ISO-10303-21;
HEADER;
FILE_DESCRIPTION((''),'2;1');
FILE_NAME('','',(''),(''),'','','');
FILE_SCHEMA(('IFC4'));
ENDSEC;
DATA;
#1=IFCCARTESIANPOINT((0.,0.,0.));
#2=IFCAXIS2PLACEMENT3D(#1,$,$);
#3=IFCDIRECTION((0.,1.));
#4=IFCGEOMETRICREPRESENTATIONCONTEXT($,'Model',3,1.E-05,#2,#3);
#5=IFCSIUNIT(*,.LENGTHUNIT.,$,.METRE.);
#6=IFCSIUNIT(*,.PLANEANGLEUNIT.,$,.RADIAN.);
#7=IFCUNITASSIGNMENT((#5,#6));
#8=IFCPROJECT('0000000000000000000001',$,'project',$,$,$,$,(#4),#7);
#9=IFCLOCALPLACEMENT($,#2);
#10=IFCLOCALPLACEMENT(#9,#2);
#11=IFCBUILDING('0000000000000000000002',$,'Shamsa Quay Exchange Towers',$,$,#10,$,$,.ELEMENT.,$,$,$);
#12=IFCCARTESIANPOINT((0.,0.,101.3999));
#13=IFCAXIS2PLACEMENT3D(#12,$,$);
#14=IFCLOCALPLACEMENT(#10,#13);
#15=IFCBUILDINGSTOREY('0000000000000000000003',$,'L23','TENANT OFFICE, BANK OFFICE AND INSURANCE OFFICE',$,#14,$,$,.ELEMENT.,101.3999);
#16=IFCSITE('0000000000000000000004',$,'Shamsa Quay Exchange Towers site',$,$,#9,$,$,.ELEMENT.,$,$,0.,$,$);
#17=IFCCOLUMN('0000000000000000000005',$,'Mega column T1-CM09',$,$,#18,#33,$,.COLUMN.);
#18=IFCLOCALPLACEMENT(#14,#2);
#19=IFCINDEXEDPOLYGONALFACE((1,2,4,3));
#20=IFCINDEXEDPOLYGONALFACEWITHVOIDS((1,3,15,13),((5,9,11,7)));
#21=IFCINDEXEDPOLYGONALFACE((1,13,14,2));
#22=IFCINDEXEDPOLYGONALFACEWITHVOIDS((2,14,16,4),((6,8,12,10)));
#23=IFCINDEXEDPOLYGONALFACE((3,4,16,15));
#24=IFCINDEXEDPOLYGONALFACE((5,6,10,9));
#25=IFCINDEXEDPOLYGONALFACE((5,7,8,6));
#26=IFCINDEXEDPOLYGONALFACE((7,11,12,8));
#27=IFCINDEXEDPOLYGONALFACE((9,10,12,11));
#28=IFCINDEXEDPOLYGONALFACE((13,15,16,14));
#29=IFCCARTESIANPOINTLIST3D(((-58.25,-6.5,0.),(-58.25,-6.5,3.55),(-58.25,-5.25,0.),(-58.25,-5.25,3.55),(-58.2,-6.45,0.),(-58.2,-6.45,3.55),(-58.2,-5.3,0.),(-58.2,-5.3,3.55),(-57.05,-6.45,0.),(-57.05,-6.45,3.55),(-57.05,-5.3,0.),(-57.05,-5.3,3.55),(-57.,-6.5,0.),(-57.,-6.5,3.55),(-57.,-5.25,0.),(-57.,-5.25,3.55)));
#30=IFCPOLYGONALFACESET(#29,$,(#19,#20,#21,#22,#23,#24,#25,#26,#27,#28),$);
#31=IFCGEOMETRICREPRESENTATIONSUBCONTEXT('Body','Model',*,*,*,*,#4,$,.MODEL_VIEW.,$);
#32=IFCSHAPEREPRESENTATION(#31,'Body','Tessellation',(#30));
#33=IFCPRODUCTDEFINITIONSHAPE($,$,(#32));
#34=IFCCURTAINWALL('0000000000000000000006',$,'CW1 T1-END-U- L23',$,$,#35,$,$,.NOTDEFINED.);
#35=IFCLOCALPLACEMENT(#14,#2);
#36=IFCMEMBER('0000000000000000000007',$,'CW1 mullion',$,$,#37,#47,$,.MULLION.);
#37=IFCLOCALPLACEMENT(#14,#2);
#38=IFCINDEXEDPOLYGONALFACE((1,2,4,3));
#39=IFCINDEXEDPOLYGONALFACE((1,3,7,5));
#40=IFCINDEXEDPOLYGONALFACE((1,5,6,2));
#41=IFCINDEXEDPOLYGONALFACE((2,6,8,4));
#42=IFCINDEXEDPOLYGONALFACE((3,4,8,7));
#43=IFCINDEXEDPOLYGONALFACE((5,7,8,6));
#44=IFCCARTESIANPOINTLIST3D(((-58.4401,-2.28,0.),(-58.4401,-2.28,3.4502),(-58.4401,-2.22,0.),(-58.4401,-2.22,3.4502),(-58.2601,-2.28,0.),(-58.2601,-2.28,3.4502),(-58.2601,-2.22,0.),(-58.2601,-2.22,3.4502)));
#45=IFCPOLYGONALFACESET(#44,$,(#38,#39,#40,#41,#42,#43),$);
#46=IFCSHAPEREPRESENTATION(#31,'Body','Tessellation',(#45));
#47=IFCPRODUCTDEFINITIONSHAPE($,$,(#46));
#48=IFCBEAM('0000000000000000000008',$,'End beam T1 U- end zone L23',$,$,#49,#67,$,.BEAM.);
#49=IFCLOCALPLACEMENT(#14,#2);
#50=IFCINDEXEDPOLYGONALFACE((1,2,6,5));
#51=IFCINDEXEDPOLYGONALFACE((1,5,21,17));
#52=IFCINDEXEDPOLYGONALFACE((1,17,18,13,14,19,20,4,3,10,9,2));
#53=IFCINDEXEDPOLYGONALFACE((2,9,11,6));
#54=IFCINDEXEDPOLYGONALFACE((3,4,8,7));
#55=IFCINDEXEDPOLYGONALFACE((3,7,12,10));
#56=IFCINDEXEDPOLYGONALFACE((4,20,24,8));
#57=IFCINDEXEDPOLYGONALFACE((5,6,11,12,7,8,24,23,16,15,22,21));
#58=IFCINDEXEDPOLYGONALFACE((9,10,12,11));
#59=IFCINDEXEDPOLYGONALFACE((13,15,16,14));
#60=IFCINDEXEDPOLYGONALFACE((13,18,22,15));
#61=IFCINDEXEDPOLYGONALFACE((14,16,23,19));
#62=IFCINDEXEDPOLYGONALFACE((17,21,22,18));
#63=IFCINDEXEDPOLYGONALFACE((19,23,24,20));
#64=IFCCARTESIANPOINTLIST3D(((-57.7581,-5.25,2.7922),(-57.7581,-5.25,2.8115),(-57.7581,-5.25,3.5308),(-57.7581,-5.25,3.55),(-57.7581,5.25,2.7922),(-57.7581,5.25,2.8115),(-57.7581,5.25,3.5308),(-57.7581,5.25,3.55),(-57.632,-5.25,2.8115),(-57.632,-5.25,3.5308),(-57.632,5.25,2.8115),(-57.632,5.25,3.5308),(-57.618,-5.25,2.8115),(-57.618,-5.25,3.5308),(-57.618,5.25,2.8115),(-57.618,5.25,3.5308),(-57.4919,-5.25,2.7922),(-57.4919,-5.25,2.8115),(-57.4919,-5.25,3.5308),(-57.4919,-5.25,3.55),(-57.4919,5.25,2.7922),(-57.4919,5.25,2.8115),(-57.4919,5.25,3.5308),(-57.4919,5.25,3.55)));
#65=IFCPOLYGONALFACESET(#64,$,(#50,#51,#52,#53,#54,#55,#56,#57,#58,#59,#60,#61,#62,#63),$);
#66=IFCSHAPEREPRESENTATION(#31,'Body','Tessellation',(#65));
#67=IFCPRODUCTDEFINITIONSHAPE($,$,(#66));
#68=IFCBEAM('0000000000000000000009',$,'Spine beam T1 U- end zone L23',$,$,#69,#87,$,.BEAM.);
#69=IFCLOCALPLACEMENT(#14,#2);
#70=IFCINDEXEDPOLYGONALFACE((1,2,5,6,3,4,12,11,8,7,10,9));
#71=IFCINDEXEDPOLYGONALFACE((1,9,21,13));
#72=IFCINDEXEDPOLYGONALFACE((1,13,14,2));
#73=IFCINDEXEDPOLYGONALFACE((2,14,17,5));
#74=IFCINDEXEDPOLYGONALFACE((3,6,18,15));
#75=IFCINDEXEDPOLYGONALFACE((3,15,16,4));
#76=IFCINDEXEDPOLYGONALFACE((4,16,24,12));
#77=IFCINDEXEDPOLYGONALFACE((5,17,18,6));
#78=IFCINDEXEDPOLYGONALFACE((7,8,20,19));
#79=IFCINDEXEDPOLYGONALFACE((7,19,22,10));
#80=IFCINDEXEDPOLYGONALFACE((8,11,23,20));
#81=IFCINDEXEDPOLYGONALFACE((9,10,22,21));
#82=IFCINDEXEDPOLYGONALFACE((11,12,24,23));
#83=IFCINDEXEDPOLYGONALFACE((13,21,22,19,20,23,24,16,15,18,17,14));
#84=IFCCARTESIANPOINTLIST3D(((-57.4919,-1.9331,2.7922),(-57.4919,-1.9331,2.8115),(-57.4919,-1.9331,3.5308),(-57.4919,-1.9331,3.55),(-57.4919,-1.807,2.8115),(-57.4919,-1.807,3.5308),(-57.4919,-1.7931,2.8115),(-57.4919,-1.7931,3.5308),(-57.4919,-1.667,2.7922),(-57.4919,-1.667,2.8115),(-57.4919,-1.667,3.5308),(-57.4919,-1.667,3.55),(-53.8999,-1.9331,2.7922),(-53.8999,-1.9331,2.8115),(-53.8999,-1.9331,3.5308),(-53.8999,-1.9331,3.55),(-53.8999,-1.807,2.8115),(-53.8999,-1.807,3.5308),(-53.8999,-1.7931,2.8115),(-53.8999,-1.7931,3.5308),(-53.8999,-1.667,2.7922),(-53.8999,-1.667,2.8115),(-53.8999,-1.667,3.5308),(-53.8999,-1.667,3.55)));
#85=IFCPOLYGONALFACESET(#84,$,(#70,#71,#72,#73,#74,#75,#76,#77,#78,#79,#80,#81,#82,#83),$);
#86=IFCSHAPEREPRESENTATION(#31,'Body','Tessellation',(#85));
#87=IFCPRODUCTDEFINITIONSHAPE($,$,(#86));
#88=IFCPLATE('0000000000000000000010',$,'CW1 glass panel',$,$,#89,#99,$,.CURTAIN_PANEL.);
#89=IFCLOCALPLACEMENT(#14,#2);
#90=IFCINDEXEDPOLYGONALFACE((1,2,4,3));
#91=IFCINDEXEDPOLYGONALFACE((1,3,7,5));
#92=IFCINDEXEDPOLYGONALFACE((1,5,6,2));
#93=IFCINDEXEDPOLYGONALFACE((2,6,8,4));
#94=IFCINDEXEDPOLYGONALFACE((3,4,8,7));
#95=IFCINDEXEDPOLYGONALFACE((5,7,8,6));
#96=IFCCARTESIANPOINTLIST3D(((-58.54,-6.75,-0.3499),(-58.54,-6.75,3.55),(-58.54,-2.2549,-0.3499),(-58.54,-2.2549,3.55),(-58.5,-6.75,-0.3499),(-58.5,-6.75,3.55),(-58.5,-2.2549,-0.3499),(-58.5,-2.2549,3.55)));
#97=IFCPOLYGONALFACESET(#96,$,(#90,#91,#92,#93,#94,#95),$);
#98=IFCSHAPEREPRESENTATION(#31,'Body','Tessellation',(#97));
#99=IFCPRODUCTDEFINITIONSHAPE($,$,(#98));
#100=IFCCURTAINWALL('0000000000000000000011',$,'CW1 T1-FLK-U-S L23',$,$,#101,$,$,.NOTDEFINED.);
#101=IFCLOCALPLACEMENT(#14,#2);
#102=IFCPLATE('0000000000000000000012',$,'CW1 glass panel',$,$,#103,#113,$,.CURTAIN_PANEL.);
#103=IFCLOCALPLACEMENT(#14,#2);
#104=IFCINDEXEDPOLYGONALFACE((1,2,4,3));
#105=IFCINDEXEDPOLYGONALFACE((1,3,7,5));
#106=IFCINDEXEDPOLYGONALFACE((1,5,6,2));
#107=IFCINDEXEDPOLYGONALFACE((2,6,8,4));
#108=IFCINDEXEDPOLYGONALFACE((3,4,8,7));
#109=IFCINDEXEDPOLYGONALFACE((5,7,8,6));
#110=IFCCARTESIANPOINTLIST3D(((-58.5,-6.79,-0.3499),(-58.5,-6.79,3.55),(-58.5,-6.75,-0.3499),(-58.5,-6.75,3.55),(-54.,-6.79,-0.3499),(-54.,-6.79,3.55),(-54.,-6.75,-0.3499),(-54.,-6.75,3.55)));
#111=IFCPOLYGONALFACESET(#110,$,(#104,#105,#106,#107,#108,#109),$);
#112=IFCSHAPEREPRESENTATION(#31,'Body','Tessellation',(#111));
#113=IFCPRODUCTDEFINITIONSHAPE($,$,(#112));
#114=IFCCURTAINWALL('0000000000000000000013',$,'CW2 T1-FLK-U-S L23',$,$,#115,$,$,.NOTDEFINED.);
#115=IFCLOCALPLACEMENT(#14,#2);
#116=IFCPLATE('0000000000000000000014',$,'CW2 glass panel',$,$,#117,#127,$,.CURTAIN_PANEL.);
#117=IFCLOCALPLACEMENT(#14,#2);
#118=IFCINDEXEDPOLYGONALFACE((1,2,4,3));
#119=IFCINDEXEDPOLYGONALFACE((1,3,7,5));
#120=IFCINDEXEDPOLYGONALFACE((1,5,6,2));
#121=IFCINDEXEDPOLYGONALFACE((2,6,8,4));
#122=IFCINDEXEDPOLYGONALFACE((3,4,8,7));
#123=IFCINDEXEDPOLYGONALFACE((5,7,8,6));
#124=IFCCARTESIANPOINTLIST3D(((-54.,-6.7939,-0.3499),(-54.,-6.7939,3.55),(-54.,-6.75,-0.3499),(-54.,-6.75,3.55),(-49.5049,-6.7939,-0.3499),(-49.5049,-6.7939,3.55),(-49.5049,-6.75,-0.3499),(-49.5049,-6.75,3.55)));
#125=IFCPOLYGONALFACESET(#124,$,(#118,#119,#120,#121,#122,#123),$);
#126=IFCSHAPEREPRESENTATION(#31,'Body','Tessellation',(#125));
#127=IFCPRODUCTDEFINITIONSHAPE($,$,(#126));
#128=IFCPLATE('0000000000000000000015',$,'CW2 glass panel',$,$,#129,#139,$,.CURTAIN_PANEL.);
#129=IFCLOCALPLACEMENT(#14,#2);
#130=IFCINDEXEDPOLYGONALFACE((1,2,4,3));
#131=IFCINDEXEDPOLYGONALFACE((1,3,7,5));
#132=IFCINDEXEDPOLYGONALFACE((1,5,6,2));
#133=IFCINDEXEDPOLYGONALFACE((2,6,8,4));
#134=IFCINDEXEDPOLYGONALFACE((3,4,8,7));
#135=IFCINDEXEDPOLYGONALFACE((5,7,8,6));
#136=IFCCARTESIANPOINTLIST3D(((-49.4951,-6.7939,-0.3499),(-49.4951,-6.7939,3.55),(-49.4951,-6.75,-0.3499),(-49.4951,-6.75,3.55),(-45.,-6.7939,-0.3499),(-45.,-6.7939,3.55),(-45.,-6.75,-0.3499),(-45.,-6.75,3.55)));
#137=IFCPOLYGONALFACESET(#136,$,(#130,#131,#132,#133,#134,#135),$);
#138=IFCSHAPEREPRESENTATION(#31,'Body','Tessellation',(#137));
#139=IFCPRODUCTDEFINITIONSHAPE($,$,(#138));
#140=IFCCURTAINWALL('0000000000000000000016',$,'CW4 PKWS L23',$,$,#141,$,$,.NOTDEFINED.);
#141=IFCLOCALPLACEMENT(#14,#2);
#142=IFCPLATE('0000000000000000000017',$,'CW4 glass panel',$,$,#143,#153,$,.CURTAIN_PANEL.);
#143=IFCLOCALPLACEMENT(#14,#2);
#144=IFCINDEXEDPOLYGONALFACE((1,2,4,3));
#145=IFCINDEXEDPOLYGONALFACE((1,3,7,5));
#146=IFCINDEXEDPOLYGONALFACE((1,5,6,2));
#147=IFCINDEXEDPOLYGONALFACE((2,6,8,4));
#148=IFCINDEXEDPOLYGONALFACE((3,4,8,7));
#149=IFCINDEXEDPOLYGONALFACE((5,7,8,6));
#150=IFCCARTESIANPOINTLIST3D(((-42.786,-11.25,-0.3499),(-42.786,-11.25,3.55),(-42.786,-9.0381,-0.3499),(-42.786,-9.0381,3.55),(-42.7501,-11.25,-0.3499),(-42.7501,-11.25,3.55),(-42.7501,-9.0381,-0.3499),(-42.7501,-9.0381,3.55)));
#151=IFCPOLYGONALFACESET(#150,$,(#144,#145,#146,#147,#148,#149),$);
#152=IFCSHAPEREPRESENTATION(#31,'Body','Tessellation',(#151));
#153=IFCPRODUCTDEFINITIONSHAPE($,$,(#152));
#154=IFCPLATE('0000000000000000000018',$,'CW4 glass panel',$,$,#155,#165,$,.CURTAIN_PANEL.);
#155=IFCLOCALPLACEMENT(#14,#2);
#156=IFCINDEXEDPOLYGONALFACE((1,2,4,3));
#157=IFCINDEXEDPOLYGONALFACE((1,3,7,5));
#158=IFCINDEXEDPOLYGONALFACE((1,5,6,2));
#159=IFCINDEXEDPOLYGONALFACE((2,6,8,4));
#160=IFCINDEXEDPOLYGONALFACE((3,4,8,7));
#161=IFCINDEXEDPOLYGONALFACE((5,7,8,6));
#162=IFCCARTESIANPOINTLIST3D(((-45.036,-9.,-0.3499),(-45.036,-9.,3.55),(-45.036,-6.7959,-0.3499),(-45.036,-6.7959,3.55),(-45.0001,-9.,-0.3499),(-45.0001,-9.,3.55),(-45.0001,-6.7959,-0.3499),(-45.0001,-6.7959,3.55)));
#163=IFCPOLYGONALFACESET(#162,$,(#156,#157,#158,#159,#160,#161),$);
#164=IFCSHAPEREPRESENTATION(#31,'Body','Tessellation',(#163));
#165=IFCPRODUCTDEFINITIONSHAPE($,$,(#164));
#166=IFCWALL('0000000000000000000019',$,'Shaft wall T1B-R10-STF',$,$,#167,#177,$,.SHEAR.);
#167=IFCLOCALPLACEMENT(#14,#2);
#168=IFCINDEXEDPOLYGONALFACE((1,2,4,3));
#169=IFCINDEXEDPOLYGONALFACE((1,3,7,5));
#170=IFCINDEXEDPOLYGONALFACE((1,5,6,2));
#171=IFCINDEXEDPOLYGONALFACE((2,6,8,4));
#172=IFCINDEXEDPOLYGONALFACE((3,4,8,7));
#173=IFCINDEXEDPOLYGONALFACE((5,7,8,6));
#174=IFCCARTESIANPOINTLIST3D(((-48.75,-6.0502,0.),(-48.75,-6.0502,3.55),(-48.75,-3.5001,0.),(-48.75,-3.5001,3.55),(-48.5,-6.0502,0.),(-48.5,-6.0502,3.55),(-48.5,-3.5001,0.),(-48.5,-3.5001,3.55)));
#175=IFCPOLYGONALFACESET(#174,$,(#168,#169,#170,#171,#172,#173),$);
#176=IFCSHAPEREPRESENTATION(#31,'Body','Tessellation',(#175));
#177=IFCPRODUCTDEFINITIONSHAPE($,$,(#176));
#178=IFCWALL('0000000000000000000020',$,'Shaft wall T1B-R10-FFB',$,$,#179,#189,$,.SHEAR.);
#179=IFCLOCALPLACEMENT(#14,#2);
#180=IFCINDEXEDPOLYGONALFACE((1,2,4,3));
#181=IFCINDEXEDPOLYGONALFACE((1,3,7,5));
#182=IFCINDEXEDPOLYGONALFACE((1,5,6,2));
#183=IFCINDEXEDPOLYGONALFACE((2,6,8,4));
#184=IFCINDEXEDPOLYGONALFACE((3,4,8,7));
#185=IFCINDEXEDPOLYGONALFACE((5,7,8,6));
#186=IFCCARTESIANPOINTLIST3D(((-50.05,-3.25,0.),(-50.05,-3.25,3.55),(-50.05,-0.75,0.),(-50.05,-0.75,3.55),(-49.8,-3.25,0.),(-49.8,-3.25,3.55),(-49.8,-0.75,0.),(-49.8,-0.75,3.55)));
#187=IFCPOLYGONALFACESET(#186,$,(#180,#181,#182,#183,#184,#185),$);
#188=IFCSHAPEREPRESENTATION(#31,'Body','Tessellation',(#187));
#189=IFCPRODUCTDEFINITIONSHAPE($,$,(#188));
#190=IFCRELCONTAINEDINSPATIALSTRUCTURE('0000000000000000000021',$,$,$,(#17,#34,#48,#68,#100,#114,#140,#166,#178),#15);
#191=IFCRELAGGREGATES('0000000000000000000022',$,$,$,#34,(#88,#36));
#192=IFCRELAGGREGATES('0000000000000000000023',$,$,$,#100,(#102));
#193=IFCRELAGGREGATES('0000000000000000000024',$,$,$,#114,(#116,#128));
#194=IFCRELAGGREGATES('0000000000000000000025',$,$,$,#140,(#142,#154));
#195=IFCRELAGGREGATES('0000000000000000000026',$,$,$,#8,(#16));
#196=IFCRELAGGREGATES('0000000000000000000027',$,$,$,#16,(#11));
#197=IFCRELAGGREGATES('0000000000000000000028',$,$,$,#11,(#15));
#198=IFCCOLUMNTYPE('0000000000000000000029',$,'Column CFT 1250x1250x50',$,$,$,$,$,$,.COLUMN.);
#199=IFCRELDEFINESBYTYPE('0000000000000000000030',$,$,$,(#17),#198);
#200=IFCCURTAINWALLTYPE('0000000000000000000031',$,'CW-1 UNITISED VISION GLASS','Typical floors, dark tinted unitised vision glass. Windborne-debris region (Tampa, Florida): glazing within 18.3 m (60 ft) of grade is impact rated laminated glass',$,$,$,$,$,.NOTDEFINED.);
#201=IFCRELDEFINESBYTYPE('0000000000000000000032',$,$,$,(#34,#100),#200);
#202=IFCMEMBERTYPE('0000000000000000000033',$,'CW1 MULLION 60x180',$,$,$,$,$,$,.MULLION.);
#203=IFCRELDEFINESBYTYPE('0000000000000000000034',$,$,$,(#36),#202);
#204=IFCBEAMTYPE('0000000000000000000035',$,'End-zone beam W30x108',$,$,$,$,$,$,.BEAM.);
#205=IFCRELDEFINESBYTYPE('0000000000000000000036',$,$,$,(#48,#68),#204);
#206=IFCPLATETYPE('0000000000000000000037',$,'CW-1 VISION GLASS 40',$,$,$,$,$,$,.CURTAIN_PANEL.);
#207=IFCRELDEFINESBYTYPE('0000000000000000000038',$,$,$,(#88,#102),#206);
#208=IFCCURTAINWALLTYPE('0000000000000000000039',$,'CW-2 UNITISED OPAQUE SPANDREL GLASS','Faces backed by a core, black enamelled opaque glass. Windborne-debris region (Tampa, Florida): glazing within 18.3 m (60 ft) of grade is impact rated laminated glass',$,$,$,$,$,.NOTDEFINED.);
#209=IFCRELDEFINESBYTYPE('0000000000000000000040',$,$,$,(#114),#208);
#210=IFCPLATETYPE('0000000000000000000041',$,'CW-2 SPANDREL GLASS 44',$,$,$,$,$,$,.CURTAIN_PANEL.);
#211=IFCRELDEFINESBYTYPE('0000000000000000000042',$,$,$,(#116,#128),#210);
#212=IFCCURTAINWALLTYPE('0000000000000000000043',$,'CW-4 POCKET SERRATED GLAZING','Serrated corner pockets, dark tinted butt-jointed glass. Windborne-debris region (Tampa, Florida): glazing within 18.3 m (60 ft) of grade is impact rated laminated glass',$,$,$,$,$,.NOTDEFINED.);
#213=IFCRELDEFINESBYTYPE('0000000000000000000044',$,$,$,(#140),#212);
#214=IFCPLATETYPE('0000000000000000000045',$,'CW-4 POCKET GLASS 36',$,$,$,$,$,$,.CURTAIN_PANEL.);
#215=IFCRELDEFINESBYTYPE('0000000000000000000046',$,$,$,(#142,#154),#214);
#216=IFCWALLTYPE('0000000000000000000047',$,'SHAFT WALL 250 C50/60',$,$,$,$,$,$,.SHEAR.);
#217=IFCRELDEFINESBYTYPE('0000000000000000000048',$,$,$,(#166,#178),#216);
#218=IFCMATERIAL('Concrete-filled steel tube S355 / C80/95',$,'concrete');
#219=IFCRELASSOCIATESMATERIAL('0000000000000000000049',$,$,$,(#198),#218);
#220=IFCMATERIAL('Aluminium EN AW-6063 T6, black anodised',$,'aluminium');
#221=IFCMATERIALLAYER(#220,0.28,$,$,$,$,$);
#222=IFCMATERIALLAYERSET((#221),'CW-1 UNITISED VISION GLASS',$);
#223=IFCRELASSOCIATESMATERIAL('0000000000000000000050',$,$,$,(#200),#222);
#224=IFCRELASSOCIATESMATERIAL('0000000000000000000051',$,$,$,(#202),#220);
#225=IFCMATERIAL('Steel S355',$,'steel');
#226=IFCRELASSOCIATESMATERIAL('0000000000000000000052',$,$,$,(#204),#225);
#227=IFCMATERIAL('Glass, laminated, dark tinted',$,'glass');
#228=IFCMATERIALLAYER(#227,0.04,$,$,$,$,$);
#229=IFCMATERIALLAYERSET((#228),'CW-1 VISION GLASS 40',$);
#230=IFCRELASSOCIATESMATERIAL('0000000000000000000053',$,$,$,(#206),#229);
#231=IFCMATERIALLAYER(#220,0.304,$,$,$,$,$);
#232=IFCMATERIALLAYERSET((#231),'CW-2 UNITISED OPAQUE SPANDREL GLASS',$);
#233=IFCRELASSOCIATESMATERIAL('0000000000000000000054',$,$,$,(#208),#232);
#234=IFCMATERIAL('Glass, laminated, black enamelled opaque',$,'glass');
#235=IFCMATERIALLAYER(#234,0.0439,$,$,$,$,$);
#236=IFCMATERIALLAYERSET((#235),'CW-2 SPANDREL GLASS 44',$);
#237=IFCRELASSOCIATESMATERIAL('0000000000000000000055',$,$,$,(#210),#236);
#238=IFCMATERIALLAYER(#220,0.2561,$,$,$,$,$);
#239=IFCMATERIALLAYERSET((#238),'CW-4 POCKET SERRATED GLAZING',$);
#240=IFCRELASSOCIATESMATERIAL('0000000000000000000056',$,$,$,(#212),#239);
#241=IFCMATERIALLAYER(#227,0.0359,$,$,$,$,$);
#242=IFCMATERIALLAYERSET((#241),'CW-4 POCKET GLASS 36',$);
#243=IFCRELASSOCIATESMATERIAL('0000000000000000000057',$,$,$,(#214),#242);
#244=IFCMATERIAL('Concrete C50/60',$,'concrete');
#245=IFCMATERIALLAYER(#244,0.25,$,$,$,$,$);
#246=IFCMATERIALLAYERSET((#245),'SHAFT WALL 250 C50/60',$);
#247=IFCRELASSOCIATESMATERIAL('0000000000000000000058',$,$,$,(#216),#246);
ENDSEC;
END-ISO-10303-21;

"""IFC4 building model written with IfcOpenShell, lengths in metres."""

from ifc_helpers import new_model, si_unit, direction, frame, frame_2d, origin, origin_2d, place, context, subcontext, project, spatial, rectangle, hollow_rectangle, i_section, extrude, material, layer, layer_set, material_profile, profile_set, type_object, element, aggregate, save


model = new_model("IFC4")

# Units and contexts
model_context = context("Model", 3, precision=1e-05, world=origin(), true_north=direction((0.0, 1.0)))
body_context = subcontext(model_context, "Body", "Model", "MODEL_VIEW")
ifc_project = project(units=[si_unit("LENGTHUNIT", "METRE"), si_unit("PLANEANGLEUNIT", "RADIAN")], contexts=[model_context])

# Site, building, storey
site_placement = place(None, origin())
site = spatial("IfcSite", under=ifc_project, at=site_placement, Name="Shamsa Quay Exchange Towers site", CompositionType="ELEMENT", RefElevation=0.0)
building_placement = place(site_placement, origin())
building = spatial("IfcBuilding", under=site, at=building_placement, Name="Shamsa Quay Exchange Towers", CompositionType="ELEMENT")
storey_placement = place(building_placement, frame((0.0, 0.0, 101.3999)))
storey = spatial("IfcBuildingStorey", under=building, at=storey_placement, Name="L23", Description="TENANT OFFICE, BANK OFFICE AND INSURANCE OFFICE", CompositionType="ELEMENT", Elevation=101.3999)

# Column
ifc_material_1 = material(Name="Concrete-filled steel tube S355 / C80/95", Category="concrete")
ifc_material_profile_1 = material_profile(ifc_material_1, hollow_rectangle(XDim=1.25, YDim=1.25, WallThickness=0.05, at=origin_2d()), Name="CFT 1250x1250x50")
ifc_profile_set_1 = profile_set([ifc_material_profile_1], Name="Concrete-filled steel tube S355 / C80/95")
column_type = type_object("IfcColumnType", Name="Column CFT 1250x1250x50", PredefinedType="COLUMN", material=ifc_profile_set_1)
column_placement = place(storey_placement, frame((-57.625, -5.875, 0.0)))
element("IfcColumn", 1, at=column_placement, inside=storey, type_object=column_type, Name="Mega column T1-CM09", PredefinedType="COLUMN", context=body_context, shape_type="SweptSolid", body=[
    extrude(hollow_rectangle(XDim=1.25, YDim=1.25, WallThickness=0.05, at=origin_2d()), origin(), (0.0, 0.0, 1.0), 3.55),
])

# Curtain wall, member
ifc_material_2 = material(Name="Aluminium EN AW-6063 T6, black anodised", Category="aluminium")
ifc_layer_1 = layer(ifc_material_2, 0.28)
ifc_layer_set_1 = layer_set([ifc_layer_1], Name="CW-1 UNITISED VISION GLASS")
curtain_wall_type_1 = type_object("IfcCurtainWallType", Name="CW-1 UNITISED VISION GLASS", Description="Typical floors, dark tinted unitised vision glass. Windborne-debris region (Tampa, Florida): glazing within 18.3 m (60 ft) of grade is impact rated laminated glass", PredefinedType="NOTDEFINED", material=ifc_layer_set_1)
curtain_wall_1_placement = place(storey_placement, origin())
curtain_wall_1 = element("IfcCurtainWall", 2, at=curtain_wall_1_placement, inside=storey, type_object=curtain_wall_type_1, Name="CW1 T1-END-U- L23", PredefinedType="NOTDEFINED")
ifc_material_profile_2 = material_profile(ifc_material_2, rectangle(XDim=0.1799, YDim=0.0601, at=origin_2d()), Name="MU60x180")
ifc_profile_set_2 = profile_set([ifc_material_profile_2], Name="Aluminium EN AW-6063 T6, black anodised")
member_type = type_object("IfcMemberType", Name="CW1 MULLION 60x180", PredefinedType="MULLION", material=ifc_profile_set_2)
member_placement = place(storey_placement, frame((-58.3501, -2.25, 0.0)))
member = element("IfcMember", 3, at=member_placement, type_object=member_type, Name="CW1 mullion", PredefinedType="MULLION", context=body_context, shape_type="SweptSolid", body=[
    extrude(rectangle(XDim=0.1799, YDim=0.0601, at=origin_2d()), origin(), (0.0, 0.0, 1.0), 3.4502),
])

# Beams
ifc_material_3 = material(Name="Steel S355", Category="steel")
ifc_material_profile_3 = material_profile(ifc_material_3, i_section(OverallWidth=0.2661, OverallDepth=0.7578, WebThickness=0.0139, FlangeThickness=0.0193, at=origin_2d()), Name="W30x108")
ifc_profile_set_3 = profile_set([ifc_material_profile_3], Name="Steel S355")
beam_type = type_object("IfcBeamType", Name="End-zone beam W30x108", PredefinedType="BEAM", material=ifc_profile_set_3)
beam_1_placement = place(storey_placement, frame((-57.625, -5.25, 3.1711), z_axis=(0.0, 1.0, 0.0), x_axis=(-1.0, 0.0, 0.0)))
element("IfcBeam", 4, at=beam_1_placement, inside=storey, type_object=beam_type, Name="End beam T1 U- end zone L23", PredefinedType="BEAM", context=body_context, shape_type="SweptSolid", body=[
    extrude(i_section(OverallWidth=0.2661, OverallDepth=0.7578, WebThickness=0.0139, FlangeThickness=0.0193, at=origin_2d()), origin(), (0.0, 0.0, 1.0), 10.5),
])
beam_2_placement = place(storey_placement, frame((-53.8999, -1.8, 3.1711), z_axis=(-1.0, 0.0, 0.0), x_axis=(0.0, -1.0, 0.0)))
element("IfcBeam", 5, at=beam_2_placement, inside=storey, type_object=beam_type, Name="Spine beam T1 U- end zone L23", PredefinedType="BEAM", context=body_context, shape_type="SweptSolid", body=[
    extrude(i_section(OverallWidth=0.2661, OverallDepth=0.7578, WebThickness=0.0139, FlangeThickness=0.0193, at=origin_2d()), origin(), (0.0, 0.0, 1.0), 3.592),
])

# Plate
ifc_material_4 = material(Name="Glass, laminated, dark tinted", Category="glass")
ifc_layer_2 = layer(ifc_material_4, 0.04)
ifc_layer_set_2 = layer_set([ifc_layer_2], Name="CW-1 VISION GLASS 40")
plate_type_1 = type_object("IfcPlateType", Name="CW-1 VISION GLASS 40", PredefinedType="CURTAIN_PANEL", material=ifc_layer_set_2)
plate_1_placement = place(storey_placement, frame((-58.52, -4.5024, -0.3499), z_axis=(0.0, 0.0, 1.0), x_axis=(0.0, -1.0, 0.0)))
plate_1 = element("IfcPlate", 6, at=plate_1_placement, type_object=plate_type_1, Name="CW1 glass panel", PredefinedType="CURTAIN_PANEL", context=body_context, shape_type="SweptSolid", body=[
    extrude(rectangle(XDim=4.4951, YDim=0.04, at=origin_2d()), origin(), (0.0, 0.0, 1.0), 3.8999),
])
aggregate(curtain_wall_1, [plate_1, member])

# Curtain wall, plate
curtain_wall_2_placement = place(storey_placement, origin())
curtain_wall_2 = element("IfcCurtainWall", 7, at=curtain_wall_2_placement, inside=storey, type_object=curtain_wall_type_1, Name="CW1 T1-FLK-U-S L23", PredefinedType="NOTDEFINED")
plate_2_placement = place(storey_placement, frame((-56.25, -6.77, -0.3499)))
plate_2 = element("IfcPlate", 8, at=plate_2_placement, type_object=plate_type_1, Name="CW1 glass panel", PredefinedType="CURTAIN_PANEL", context=body_context, shape_type="SweptSolid", body=[
    extrude(rectangle(XDim=4.5, YDim=0.04, at=origin_2d()), origin(), (0.0, 0.0, 1.0), 3.8999),
])
aggregate(curtain_wall_2, [plate_2])

# Curtain walls, plates
ifc_layer_3 = layer(ifc_material_2, 0.304)
ifc_layer_set_3 = layer_set([ifc_layer_3], Name="CW-2 UNITISED OPAQUE SPANDREL GLASS")
curtain_wall_type_2 = type_object("IfcCurtainWallType", Name="CW-2 UNITISED OPAQUE SPANDREL GLASS", Description="Faces backed by a core, black enamelled opaque glass. Windborne-debris region (Tampa, Florida): glazing within 18.3 m (60 ft) of grade is impact rated laminated glass", PredefinedType="NOTDEFINED", material=ifc_layer_set_3)
curtain_wall_3_placement = place(storey_placement, origin())
curtain_wall_3 = element("IfcCurtainWall", 9, at=curtain_wall_3_placement, inside=storey, type_object=curtain_wall_type_2, Name="CW2 T1-FLK-U-S L23", PredefinedType="NOTDEFINED")
ifc_material_5 = material(Name="Glass, laminated, black enamelled opaque", Category="glass")
ifc_layer_4 = layer(ifc_material_5, 0.0439)
ifc_layer_set_4 = layer_set([ifc_layer_4], Name="CW-2 SPANDREL GLASS 44")
plate_type_2 = type_object("IfcPlateType", Name="CW-2 SPANDREL GLASS 44", PredefinedType="CURTAIN_PANEL", material=ifc_layer_set_4)
plate_3_placement = place(storey_placement, frame((-51.7524, -6.772, -0.3499)))
plate_3 = element("IfcPlate", 10, at=plate_3_placement, type_object=plate_type_2, Name="CW2 glass panel", PredefinedType="CURTAIN_PANEL", context=body_context, shape_type="SweptSolid", body=[
    extrude(rectangle(XDim=4.4951, YDim=0.0439, at=origin_2d()), origin(), (0.0, 0.0, 1.0), 3.8999),
])
plate_4_placement = place(storey_placement, frame((-47.2476, -6.772, -0.3499)))
plate_4 = element("IfcPlate", 11, at=plate_4_placement, type_object=plate_type_2, Name="CW2 glass panel", PredefinedType="CURTAIN_PANEL", context=body_context, shape_type="SweptSolid", body=[
    extrude(rectangle(XDim=4.4951, YDim=0.0439, at=origin_2d()), origin(), (0.0, 0.0, 1.0), 3.8999),
])
aggregate(curtain_wall_3, [plate_3, plate_4])
ifc_layer_5 = layer(ifc_material_2, 0.2561)
ifc_layer_set_5 = layer_set([ifc_layer_5], Name="CW-4 POCKET SERRATED GLAZING")
curtain_wall_type_3 = type_object("IfcCurtainWallType", Name="CW-4 POCKET SERRATED GLAZING", Description="Serrated corner pockets, dark tinted butt-jointed glass. Windborne-debris region (Tampa, Florida): glazing within 18.3 m (60 ft) of grade is impact rated laminated glass", PredefinedType="NOTDEFINED", material=ifc_layer_set_5)
curtain_wall_4_placement = place(storey_placement, origin())
curtain_wall_4 = element("IfcCurtainWall", 12, at=curtain_wall_4_placement, inside=storey, type_object=curtain_wall_type_3, Name="CW4 PKWS L23", PredefinedType="NOTDEFINED")
ifc_layer_6 = layer(ifc_material_4, 0.0359)
ifc_layer_set_6 = layer_set([ifc_layer_6], Name="CW-4 POCKET GLASS 36")
plate_type_3 = type_object("IfcPlateType", Name="CW-4 POCKET GLASS 36", PredefinedType="CURTAIN_PANEL", material=ifc_layer_set_6)
plate_5_placement = place(storey_placement, frame((-42.7681, -10.144, -0.3499), z_axis=(0.0, 0.0, 1.0), x_axis=(0.0, -1.0, 0.0)))
plate_5 = element("IfcPlate", 13, at=plate_5_placement, type_object=plate_type_3, Name="CW4 glass panel", PredefinedType="CURTAIN_PANEL", context=body_context, shape_type="SweptSolid", body=[
    extrude(rectangle(XDim=2.2119, YDim=0.0359, at=origin_2d()), origin(), (0.0, 0.0, 1.0), 3.8999),
])
plate_6_placement = place(storey_placement, frame((-45.0181, -7.8979, -0.3499), z_axis=(0.0, 0.0, 1.0), x_axis=(0.0, -1.0, 0.0)))
plate_6 = element("IfcPlate", 14, at=plate_6_placement, type_object=plate_type_3, Name="CW4 glass panel", PredefinedType="CURTAIN_PANEL", context=body_context, shape_type="SweptSolid", body=[
    extrude(rectangle(XDim=2.2041, YDim=0.0359, at=origin_2d()), origin(), (0.0, 0.0, 1.0), 3.8999),
])
aggregate(curtain_wall_4, [plate_5, plate_6])

# Wall
ifc_material_6 = material(Name="Concrete C50/60", Category="concrete")
ifc_layer_7 = layer(ifc_material_6, 0.25)
ifc_layer_set_7 = layer_set([ifc_layer_7], Name="SHAFT WALL 250 C50/60")
wall_type_1 = type_object("IfcWallType", Name="SHAFT WALL 250 C50/60", PredefinedType="SHEAR", material=ifc_layer_set_7)
wall_1_placement = place(storey_placement, frame((-48.625, -6.05, 0.0), z_axis=(0.0, 0.0, 1.0), x_axis=(0.0, 1.0, 0.0)))
element("IfcWall", 15, at=wall_1_placement, inside=storey, type_object=wall_type_1, Name="Shaft wall T1B-R10-STF", PredefinedType="SHEAR", context=body_context, shape_type="SweptSolid", body=[
    extrude(rectangle(XDim=2.55, YDim=0.25, at=frame_2d((1.2749, 0.0))), origin(), (0.0, 0.0, 1.0), 3.55),
])

# Wall
wall_2_placement = place(storey_placement, frame((-49.925, -3.25, 0.0), z_axis=(0.0, 0.0, 1.0), x_axis=(0.0, 1.0, 0.0)))
element("IfcWall", 16, at=wall_2_placement, inside=storey, type_object=wall_type_1, Name="Shaft wall T1B-R10-FFB", PredefinedType="SHEAR", context=body_context, shape_type="SweptSolid", body=[
    extrude(rectangle(XDim=2.5, YDim=0.25, at=frame_2d((1.25, 0.0))), origin(), (0.0, 0.0, 1.0), 3.55),
])

save(model, "model.ifc")
